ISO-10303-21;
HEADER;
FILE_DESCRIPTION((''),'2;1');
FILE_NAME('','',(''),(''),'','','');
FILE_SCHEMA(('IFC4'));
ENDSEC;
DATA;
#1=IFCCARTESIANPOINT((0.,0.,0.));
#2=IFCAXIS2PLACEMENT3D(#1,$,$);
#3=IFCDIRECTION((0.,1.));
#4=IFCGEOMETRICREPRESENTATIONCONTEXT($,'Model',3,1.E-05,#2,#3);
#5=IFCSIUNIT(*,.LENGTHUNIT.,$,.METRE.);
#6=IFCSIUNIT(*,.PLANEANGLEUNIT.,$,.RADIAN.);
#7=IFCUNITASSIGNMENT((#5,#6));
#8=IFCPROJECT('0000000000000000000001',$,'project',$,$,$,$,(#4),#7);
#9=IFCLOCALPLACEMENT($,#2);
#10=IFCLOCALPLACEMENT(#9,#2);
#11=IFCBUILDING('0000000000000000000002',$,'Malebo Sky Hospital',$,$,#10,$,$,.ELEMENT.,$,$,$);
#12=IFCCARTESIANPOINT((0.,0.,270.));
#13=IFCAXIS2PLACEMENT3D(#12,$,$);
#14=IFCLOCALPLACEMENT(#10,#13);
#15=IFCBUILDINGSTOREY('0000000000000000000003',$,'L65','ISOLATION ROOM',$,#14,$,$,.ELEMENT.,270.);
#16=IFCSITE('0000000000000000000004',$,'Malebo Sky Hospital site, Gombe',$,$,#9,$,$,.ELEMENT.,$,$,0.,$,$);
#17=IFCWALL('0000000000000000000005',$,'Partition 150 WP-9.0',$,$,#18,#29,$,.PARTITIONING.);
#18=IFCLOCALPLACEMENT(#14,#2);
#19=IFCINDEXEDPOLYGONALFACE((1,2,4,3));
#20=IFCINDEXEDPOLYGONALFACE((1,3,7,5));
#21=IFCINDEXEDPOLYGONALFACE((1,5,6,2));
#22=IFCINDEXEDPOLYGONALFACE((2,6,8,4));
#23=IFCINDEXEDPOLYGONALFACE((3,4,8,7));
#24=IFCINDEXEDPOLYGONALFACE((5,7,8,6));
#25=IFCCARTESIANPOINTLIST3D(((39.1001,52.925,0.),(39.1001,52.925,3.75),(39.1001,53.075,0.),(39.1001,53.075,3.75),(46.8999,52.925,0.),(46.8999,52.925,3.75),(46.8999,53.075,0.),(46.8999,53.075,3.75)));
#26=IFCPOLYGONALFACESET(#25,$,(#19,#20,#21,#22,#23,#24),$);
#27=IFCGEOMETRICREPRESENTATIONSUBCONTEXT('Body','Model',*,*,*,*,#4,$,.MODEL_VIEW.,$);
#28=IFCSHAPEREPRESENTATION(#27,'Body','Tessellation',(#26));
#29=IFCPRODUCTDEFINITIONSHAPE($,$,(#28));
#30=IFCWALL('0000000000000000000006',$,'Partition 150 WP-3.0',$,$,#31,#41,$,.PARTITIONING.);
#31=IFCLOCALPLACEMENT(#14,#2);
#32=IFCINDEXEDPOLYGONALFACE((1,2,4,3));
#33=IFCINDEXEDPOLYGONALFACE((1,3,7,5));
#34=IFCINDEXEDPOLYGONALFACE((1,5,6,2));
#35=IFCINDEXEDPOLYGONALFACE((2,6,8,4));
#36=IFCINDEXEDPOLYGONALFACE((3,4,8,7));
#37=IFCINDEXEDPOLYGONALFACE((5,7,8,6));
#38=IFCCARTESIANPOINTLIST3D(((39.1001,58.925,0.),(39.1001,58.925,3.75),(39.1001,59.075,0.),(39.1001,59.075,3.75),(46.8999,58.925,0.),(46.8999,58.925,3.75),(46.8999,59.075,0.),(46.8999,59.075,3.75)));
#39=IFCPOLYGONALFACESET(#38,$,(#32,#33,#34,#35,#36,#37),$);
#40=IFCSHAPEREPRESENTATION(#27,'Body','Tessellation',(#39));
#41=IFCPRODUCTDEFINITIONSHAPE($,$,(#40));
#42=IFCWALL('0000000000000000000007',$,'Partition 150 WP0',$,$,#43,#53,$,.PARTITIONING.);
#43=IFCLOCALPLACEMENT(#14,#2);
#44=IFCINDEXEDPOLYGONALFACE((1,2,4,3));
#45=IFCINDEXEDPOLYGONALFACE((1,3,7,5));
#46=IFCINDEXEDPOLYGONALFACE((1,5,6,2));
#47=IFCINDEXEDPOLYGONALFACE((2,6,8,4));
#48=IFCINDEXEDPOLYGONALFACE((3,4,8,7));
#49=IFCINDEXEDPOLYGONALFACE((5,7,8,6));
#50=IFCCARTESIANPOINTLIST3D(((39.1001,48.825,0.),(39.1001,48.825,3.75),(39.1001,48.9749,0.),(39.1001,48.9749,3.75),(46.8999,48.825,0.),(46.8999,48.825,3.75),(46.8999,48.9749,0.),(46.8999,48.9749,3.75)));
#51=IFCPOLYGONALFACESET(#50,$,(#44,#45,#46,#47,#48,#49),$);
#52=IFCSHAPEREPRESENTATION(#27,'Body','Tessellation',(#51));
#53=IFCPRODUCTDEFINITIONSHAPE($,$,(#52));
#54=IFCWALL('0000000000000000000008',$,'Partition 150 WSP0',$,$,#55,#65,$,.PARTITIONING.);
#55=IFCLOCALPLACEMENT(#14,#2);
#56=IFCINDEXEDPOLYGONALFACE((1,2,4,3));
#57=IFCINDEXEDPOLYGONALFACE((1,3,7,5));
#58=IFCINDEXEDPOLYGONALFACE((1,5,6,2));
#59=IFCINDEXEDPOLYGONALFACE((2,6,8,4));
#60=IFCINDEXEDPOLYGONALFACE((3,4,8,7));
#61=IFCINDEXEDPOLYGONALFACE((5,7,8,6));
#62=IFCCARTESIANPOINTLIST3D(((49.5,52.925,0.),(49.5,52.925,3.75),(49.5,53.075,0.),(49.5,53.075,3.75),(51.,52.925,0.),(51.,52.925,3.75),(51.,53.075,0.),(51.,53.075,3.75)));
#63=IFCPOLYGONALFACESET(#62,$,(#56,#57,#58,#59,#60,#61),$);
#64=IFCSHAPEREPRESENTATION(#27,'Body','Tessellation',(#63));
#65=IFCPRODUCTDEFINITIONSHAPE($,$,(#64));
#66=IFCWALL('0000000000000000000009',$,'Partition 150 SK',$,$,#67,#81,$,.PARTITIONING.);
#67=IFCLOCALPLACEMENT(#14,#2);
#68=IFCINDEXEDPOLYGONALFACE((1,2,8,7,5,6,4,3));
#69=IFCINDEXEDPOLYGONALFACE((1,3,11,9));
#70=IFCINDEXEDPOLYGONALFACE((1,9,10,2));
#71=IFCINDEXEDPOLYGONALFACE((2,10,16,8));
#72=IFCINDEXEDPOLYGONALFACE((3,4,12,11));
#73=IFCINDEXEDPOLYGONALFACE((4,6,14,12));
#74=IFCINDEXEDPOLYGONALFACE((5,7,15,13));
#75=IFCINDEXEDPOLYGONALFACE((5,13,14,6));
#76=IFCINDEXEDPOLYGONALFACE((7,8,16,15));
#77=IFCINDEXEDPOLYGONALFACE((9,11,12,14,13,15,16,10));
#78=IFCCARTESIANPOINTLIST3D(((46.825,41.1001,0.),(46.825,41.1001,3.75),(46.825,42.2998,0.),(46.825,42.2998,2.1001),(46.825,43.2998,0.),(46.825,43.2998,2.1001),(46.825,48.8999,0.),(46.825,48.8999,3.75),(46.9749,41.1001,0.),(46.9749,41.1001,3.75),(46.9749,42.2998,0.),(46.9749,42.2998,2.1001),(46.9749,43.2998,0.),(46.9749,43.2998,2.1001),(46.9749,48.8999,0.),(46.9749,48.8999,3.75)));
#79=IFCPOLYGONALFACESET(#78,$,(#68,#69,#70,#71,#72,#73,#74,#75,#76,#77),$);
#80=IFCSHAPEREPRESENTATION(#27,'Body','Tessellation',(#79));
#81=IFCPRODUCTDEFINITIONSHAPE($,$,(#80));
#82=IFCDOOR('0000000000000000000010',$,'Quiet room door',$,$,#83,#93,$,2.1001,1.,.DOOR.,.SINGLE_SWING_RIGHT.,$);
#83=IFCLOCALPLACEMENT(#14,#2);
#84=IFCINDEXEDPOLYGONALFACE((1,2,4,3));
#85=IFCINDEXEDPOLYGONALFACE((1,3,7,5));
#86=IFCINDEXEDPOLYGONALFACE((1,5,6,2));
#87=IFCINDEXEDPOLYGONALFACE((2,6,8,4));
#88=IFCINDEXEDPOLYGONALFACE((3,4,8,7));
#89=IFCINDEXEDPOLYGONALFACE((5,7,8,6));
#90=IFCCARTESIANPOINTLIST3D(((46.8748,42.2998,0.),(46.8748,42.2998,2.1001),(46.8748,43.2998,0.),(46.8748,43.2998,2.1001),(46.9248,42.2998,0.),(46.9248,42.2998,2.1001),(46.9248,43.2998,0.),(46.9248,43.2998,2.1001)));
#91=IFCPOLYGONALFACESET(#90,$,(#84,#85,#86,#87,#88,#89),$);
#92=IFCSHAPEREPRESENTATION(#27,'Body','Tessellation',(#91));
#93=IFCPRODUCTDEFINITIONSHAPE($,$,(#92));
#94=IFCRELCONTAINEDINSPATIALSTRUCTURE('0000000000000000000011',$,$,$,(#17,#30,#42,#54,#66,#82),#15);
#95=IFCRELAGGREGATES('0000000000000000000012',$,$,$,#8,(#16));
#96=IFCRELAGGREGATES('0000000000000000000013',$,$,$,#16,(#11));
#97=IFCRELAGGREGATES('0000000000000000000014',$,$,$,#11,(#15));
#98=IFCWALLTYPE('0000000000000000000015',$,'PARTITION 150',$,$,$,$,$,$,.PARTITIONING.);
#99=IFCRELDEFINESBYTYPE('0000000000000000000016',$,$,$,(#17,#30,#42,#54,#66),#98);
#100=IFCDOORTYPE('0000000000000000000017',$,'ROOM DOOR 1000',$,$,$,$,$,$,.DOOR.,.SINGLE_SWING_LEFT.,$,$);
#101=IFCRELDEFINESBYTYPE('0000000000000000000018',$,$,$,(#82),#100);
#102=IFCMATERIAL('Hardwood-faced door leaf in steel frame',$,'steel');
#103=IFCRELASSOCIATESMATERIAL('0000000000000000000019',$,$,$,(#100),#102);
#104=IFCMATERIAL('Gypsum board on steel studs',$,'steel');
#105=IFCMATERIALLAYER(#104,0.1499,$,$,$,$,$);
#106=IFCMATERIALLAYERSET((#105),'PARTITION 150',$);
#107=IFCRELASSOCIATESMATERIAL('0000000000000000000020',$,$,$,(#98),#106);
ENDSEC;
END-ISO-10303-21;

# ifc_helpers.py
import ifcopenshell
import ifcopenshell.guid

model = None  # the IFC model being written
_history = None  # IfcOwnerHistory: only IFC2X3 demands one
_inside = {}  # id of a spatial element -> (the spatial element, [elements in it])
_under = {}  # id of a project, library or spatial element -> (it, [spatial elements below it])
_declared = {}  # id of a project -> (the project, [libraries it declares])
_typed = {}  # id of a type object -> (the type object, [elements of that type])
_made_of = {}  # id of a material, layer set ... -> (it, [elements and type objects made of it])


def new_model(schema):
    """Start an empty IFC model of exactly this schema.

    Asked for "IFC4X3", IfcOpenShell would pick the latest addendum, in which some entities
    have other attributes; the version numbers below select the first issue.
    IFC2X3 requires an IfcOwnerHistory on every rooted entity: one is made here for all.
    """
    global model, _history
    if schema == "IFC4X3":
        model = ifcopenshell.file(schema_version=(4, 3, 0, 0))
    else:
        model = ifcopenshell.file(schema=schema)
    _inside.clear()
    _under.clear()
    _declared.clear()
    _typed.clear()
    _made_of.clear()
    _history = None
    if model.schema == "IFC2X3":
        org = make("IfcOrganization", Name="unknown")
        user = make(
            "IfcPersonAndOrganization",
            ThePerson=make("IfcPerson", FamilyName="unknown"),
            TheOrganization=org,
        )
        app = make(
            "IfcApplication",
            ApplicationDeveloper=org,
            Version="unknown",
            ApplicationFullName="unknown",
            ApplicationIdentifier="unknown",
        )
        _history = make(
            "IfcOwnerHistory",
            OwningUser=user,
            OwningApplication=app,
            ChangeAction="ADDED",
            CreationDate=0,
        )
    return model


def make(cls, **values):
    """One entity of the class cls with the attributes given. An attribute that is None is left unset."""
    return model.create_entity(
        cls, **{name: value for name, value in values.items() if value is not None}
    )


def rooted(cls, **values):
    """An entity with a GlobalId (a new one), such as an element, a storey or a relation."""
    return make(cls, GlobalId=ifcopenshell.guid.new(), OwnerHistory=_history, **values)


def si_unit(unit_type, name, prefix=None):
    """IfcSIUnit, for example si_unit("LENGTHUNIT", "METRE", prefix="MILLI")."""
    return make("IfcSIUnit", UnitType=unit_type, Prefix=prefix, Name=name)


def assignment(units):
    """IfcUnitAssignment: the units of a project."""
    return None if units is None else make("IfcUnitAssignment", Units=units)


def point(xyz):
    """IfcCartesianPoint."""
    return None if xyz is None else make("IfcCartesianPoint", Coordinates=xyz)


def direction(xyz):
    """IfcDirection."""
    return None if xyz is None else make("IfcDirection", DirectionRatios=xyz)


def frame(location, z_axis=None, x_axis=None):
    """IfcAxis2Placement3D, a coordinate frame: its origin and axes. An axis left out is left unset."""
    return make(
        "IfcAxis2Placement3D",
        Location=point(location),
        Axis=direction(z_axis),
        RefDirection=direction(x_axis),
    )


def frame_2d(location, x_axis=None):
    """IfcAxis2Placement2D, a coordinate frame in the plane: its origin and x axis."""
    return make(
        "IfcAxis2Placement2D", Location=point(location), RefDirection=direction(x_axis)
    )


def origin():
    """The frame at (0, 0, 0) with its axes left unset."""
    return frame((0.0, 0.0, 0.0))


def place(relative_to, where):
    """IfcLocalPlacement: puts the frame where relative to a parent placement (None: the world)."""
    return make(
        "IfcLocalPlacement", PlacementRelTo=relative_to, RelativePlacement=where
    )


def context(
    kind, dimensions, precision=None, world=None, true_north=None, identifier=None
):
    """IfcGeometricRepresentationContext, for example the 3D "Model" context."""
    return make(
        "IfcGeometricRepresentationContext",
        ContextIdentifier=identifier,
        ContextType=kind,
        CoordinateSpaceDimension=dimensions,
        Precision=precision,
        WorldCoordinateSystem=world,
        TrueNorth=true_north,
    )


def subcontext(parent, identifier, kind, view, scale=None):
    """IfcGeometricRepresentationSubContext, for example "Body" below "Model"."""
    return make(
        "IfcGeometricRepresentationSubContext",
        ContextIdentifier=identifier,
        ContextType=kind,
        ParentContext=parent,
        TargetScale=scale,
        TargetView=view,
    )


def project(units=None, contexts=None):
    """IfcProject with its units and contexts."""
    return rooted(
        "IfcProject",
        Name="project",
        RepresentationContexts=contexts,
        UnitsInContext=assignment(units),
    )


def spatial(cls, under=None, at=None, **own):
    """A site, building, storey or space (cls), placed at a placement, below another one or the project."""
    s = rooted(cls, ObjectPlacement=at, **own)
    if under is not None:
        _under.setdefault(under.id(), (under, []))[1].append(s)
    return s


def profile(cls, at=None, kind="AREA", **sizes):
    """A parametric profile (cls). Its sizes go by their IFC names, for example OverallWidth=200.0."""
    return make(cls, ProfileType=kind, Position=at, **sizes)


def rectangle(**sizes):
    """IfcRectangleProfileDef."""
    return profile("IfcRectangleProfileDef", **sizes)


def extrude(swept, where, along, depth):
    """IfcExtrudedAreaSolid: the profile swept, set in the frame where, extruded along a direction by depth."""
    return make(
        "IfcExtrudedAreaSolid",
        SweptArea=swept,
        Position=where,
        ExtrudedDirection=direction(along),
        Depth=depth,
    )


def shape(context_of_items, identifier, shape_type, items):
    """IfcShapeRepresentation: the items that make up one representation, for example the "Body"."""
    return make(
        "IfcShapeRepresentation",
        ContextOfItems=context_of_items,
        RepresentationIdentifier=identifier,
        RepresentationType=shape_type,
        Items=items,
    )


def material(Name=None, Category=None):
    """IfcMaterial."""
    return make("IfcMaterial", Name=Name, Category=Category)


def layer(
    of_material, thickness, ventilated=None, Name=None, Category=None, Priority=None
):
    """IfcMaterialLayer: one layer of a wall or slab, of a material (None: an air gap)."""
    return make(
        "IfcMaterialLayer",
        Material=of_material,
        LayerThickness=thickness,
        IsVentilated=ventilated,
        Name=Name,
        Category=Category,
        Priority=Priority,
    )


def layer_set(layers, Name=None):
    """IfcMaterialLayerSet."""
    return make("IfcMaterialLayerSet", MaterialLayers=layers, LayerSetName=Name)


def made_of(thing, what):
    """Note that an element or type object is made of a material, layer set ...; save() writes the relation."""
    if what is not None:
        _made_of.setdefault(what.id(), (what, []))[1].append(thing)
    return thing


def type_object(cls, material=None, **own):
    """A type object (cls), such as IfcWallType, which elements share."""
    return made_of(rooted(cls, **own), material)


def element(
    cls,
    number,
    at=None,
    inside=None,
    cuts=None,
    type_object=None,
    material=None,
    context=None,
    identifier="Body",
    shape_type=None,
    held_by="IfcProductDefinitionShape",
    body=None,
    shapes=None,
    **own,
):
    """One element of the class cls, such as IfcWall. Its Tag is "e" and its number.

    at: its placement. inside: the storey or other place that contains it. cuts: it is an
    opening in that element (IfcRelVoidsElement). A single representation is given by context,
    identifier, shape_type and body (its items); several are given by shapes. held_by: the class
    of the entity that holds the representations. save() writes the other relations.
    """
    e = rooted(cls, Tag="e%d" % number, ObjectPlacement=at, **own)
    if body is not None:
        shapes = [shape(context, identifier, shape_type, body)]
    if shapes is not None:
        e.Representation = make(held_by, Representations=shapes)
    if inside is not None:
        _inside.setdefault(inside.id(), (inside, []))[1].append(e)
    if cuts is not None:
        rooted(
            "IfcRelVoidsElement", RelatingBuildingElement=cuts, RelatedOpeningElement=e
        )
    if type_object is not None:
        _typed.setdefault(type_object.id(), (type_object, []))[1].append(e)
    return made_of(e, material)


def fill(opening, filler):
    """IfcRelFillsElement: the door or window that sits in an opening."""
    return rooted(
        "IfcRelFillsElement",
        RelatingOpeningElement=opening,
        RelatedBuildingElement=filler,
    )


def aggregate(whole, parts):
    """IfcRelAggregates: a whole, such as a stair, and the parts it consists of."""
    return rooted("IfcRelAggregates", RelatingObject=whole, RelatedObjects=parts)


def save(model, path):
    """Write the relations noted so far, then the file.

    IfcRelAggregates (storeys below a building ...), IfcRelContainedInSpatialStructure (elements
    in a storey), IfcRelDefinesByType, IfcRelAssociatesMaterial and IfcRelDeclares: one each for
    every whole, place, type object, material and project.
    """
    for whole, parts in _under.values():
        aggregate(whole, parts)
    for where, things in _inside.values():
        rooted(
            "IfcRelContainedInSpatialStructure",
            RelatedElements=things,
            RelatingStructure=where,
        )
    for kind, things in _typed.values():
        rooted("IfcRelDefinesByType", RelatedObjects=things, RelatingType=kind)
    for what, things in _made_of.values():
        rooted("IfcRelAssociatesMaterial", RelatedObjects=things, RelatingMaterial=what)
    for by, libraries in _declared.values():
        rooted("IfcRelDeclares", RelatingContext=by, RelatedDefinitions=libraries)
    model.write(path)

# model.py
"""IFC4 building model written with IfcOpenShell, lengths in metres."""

from ifc_helpers import new_model, si_unit, direction, frame, frame_2d, origin, place, context, subcontext, project, spatial, rectangle, extrude, material, layer, layer_set, type_object, element, fill, save


model = new_model("IFC4")

# Units and contexts
model_context = context("Model", 3, precision=1e-05, world=origin(), true_north=direction((0.0, 1.0)))
body_context = subcontext(model_context, "Body", "Model", "MODEL_VIEW")
ifc_project = project(units=[si_unit("LENGTHUNIT", "METRE"), si_unit("PLANEANGLEUNIT", "RADIAN")], contexts=[model_context])

# Site, building, storey
site_placement = place(None, origin())
site = spatial("IfcSite", under=ifc_project, at=site_placement, Name="Malebo Sky Hospital site, Gombe", CompositionType="ELEMENT", RefElevation=0.0)
building_placement = place(site_placement, origin())
building = spatial("IfcBuilding", under=site, at=building_placement, Name="Malebo Sky Hospital", CompositionType="ELEMENT")
storey_placement = place(building_placement, frame((0.0, 0.0, 270.0)))
storey = spatial("IfcBuildingStorey", under=building, at=storey_placement, Name="L65", Description="ISOLATION ROOM", CompositionType="ELEMENT", Elevation=270.0)

# Shared definitions
ifc_material_1 = material(Name="Hardwood-faced door leaf in steel frame", Category="steel")

# Shared definitions
ifc_material_2 = material(Name="Gypsum board on steel studs", Category="steel")
door_type_1 = type_object("IfcDoorType", Name="ROOM DOOR 1000", OperationType="SINGLE_SWING_LEFT", PredefinedType="DOOR", material=ifc_material_1)

# Walls
ifc_layer_1 = layer(ifc_material_2, 0.1499)
ifc_layer_set_1 = layer_set([ifc_layer_1], Name="PARTITION 150")
wall_type_1 = type_object("IfcWallType", Name="PARTITION 150", PredefinedType="PARTITIONING", material=ifc_layer_set_1)
for number, where, z_axis, x_axis, name in (
    (1, (46.8999, 53.0, 0.0), (0.0, 0.0, 1.0), (-1.0, 0.0, 0.0), "Partition 150 WP-9.0"),
    (2, (46.8999, 59.0, 0.0), (0.0, 0.0, 1.0), (-1.0, 0.0, 0.0), "Partition 150 WP-3.0"),
    (3, (46.8999, 48.8999, 0.0), (0.0, 0.0, 1.0), (-1.0, 0.0, 0.0), "Partition 150 WP0"),
):
    element("IfcWall", number, at=place(storey_placement, frame(where, z_axis=z_axis, x_axis=x_axis)), inside=storey, type_object=wall_type_1, Name=name, PredefinedType="PARTITIONING", context=body_context, shape_type="SweptSolid", body=[
        extrude(rectangle(XDim=7.7998, YDim=0.1499, at=frame_2d((3.8999, 0.0))), origin(), (0.0, 0.0, 1.0), 3.75),
    ])
wall_1_placement = place(storey_placement, frame((51.0, 53.0, 0.0), z_axis=(0.0, 0.0, 1.0), x_axis=(-1.0, 0.0, 0.0)))
element("IfcWall", 4, at=wall_1_placement, inside=storey, type_object=wall_type_1, Name="Partition 150 WSP0", PredefinedType="PARTITIONING", context=body_context, shape_type="SweptSolid", body=[
    extrude(rectangle(XDim=1.5, YDim=0.1499, at=frame_2d((0.75, 0.0))), origin(), (0.0, 0.0, 1.0), 3.75),
])

# Wall, opening, door
wall_2_placement = place(storey_placement, frame((46.8999, 48.8999, 0.0), z_axis=(0.0, 0.0, 1.0), x_axis=(0.0, -1.0, 0.0)))
wall_2 = element("IfcWall", 5, at=wall_2_placement, inside=storey, type_object=wall_type_1, Name="Partition 150 SK", PredefinedType="PARTITIONING", context=body_context, shape_type="SweptSolid", body=[
    extrude(rectangle(XDim=7.7998, YDim=0.1499, at=frame_2d((3.8999, 0.0))), origin(), (0.0, 0.0, 1.0), 3.75),
])
opening_1_placement = place(wall_2_placement, frame((5.6001, 0.0, 0.0)))
opening_1 = element("IfcOpeningElement", 6, at=opening_1_placement, cuts=wall_2, PredefinedType="OPENING", context=body_context, shape_type="SweptSolid", body=[
    extrude(rectangle(XDim=1.0, YDim=2.1001, at=frame_2d((0.5, 1.05))), frame((0.0, 0.085, 0.0), z_axis=(0.0, -1.0, 0.0), x_axis=(1.0, 0.0, 0.0)), (0.0, 0.0, 1.0), 0.1699),
])
door_1_placement = place(opening_1_placement, origin())
door_1 = element("IfcDoor", 7, at=door_1_placement, inside=storey, type_object=door_type_1, Name="Quiet room door", OperationType="SINGLE_SWING_RIGHT", OverallHeight=2.1001, OverallWidth=1.0, PredefinedType="DOOR", context=body_context, shape_type="SweptSolid", body=[
    extrude(rectangle(XDim=1.0, YDim=2.1001, at=frame_2d((0.5, 1.05))), frame((0.0, 0.0249, 0.0), z_axis=(0.0, -1.0, 0.0), x_axis=(1.0, 0.0, 0.0)), (0.0, 0.0, 1.0), 0.05),
])
fill(opening_1, door_1)

save(model, "model.ifc")
